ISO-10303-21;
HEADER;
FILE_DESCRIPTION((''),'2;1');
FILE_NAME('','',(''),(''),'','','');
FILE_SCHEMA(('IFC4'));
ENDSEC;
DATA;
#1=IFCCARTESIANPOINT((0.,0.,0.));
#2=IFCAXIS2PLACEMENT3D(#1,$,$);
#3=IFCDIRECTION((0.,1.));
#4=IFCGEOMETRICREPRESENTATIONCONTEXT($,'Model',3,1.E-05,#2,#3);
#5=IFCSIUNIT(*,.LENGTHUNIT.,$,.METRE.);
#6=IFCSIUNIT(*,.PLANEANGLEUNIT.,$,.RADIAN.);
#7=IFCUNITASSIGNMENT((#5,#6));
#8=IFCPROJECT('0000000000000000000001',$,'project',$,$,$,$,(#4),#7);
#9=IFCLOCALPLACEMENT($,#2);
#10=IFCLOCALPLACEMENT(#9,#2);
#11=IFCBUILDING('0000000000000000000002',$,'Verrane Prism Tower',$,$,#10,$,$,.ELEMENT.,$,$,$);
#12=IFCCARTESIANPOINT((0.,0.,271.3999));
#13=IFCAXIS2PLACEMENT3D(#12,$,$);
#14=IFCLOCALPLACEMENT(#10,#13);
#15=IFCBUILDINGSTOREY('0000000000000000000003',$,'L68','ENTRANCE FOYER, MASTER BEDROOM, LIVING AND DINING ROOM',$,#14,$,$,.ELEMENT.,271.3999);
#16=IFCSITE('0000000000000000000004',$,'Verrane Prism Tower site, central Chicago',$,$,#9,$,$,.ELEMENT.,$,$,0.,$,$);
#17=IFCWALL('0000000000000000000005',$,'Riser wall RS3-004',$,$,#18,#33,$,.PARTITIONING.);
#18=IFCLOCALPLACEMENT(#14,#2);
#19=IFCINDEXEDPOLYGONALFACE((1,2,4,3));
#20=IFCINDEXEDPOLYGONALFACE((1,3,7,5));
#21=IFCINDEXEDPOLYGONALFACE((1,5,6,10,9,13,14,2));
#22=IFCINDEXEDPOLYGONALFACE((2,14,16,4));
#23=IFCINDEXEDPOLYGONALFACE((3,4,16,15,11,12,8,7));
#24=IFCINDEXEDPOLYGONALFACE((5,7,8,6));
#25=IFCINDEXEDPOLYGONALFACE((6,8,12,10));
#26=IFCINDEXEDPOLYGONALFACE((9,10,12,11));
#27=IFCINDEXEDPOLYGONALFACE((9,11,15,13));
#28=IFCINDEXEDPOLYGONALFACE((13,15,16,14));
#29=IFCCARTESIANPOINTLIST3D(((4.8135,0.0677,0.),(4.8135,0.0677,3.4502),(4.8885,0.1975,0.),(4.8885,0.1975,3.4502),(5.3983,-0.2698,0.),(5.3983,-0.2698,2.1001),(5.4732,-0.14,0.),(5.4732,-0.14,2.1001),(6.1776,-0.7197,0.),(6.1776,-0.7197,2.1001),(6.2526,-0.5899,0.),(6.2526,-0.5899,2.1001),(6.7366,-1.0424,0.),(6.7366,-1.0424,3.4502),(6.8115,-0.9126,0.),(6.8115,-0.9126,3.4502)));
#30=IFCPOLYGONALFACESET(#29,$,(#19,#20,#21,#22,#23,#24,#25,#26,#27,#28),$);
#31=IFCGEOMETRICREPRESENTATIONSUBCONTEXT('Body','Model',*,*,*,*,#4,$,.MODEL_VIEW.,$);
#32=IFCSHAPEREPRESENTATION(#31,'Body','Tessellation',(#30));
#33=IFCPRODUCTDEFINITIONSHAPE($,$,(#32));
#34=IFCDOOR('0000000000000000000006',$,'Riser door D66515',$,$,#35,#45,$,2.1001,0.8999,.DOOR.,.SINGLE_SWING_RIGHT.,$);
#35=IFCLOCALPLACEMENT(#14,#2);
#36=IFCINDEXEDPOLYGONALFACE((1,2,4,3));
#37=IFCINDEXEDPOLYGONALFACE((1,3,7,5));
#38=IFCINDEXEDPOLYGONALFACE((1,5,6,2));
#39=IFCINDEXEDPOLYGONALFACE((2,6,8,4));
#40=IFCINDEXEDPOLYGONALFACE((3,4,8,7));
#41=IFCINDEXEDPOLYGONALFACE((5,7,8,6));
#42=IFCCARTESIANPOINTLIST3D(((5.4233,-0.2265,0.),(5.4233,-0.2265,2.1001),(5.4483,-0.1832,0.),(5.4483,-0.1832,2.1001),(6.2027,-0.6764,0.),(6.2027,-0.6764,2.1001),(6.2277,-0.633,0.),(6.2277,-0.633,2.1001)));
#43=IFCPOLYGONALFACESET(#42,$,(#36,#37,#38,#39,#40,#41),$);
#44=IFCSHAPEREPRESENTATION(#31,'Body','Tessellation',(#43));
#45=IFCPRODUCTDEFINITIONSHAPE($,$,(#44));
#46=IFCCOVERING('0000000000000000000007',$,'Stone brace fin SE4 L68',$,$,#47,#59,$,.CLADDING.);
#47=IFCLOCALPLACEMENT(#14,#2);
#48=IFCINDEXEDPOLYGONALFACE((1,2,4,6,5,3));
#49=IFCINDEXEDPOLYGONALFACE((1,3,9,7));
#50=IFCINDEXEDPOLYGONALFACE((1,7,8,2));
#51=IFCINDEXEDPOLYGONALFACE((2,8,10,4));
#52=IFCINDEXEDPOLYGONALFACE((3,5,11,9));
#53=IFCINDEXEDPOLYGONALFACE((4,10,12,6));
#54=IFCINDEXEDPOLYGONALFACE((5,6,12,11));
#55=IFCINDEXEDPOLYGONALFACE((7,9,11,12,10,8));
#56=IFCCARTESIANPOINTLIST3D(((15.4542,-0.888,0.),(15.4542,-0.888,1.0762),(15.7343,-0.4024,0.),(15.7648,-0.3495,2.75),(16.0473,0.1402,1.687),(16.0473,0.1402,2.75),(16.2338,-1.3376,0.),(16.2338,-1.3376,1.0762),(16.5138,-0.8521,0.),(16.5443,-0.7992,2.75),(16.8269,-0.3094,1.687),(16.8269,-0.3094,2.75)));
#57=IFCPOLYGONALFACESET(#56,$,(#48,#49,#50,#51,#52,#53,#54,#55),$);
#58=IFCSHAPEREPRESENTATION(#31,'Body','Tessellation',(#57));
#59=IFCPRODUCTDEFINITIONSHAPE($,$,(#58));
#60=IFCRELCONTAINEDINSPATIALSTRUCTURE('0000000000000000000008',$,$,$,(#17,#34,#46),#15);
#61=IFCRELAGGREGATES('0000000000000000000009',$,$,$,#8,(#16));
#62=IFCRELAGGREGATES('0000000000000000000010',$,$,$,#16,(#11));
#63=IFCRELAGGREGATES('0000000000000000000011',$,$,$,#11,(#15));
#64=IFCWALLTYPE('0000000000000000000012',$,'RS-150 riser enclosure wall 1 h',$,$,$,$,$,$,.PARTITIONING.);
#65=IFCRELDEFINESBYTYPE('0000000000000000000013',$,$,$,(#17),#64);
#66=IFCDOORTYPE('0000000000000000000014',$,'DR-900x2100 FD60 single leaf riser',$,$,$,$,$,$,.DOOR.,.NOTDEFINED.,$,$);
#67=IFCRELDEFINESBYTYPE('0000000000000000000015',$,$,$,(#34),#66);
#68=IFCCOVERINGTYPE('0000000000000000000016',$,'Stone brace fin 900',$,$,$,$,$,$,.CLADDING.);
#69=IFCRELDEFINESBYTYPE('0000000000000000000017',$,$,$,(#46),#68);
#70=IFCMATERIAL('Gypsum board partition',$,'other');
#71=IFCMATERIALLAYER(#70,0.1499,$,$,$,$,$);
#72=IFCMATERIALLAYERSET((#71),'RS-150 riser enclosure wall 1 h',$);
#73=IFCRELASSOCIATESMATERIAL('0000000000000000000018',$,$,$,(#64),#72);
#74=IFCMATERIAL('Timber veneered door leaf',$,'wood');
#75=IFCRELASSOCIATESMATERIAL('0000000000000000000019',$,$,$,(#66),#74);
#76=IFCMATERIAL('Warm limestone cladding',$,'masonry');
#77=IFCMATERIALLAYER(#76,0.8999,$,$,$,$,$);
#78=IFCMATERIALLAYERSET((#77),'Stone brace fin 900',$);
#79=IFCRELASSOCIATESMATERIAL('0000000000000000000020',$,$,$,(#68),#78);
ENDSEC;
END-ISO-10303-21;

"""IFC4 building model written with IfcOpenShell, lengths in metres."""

from ifc_helpers import new_model, si_unit, direction, frame, frame_2d, origin, place, context, subcontext, project, spatial, polyline, rectangle, outline, extrude, material, layer, layer_set, type_object, element, fill, save


model = new_model("IFC4")

# Units and contexts
model_context = context("Model", 3, precision=1e-05, world=origin(), true_north=direction((0.0, 1.0)))
body_context = subcontext(model_context, "Body", "Model", "MODEL_VIEW")
ifc_project = project(units=[si_unit("LENGTHUNIT", "METRE"), si_unit("PLANEANGLEUNIT", "RADIAN")], contexts=[model_context])

# Site, building, storey
site_placement = place(None, origin())
site = spatial("IfcSite", under=ifc_project, at=site_placement, Name="Verrane Prism Tower site, central Chicago", CompositionType="ELEMENT", RefElevation=0.0)
building_placement = place(site_placement, origin())
building = spatial("IfcBuilding", under=site, at=building_placement, Name="Verrane Prism Tower", CompositionType="ELEMENT")
storey_placement = place(building_placement, frame((0.0, 0.0, 271.3999)))
storey = spatial("IfcBuildingStorey", under=building, at=storey_placement, Name="L68", Description="ENTRANCE FOYER, MASTER BEDROOM, LIVING AND DINING ROOM", CompositionType="ELEMENT", Elevation=271.3999)

# Wall, opening, door
ifc_material_1 = material(Name="Gypsum board partition", Category="other")
ifc_layer_1 = layer(ifc_material_1, 0.1499)
ifc_layer_set_1 = layer_set([ifc_layer_1], Name="RS-150 riser enclosure wall 1 h")
wall_type_1 = type_object("IfcWallType", Name="RS-150 riser enclosure wall 1 h", PredefinedType="PARTITIONING", material=ifc_layer_set_1)
wall_1_placement = place(storey_placement, frame((6.7742, -0.9775, 0.0), z_axis=(0.0, 0.0, 1.0), x_axis=(-0.866063, 0.499935, 0.0)))
wall_1 = element("IfcWall", 1, at=wall_1_placement, inside=storey, type_object=wall_type_1, Name="Riser wall RS3-004", PredefinedType="PARTITIONING", context=body_context, shape_type="SweptSolid", body=[
    extrude(rectangle(XDim=2.2205, YDim=0.1499, at=frame_2d((1.1104, 0.0))), origin(), (0.0, 0.0, 1.0), 3.4502),
])
opening_1_placement = place(wall_1_placement, frame((0.6455, 0.0, 0.0)))
opening_1 = element("IfcOpeningElement", 2, at=opening_1_placement, cuts=wall_1, PredefinedType="OPENING", context=body_context, shape_type="SweptSolid", body=[
    extrude(rectangle(XDim=0.8999, YDim=2.1001, at=frame_2d((0.45, 1.05))), frame((0.0, 0.085, 0.0), z_axis=(0.0, -1.0, 0.0), x_axis=(1.0, 0.0, 0.0)), (0.0, 0.0, 1.0), 0.1699),
])
ifc_material_2 = material(Name="Timber veneered door leaf", Category="wood")
door_type_1 = type_object("IfcDoorType", Name="DR-900x2100 FD60 single leaf riser", OperationType="NOTDEFINED", PredefinedType="DOOR", material=ifc_material_2)
door_1_placement = place(opening_1_placement, origin())
door_1 = element("IfcDoor", 3, at=door_1_placement, inside=storey, type_object=door_type_1, Name="Riser door D66515", OperationType="SINGLE_SWING_RIGHT", OverallHeight=2.1001, OverallWidth=0.8999, PredefinedType="DOOR", context=body_context, shape_type="SweptSolid", body=[
    extrude(rectangle(XDim=0.8999, YDim=2.1001, at=frame_2d((0.45, 1.05))), frame((0.0, 0.0249, 0.0), z_axis=(0.0, -1.0, 0.0), x_axis=(1.0, 0.0, 0.0)), (0.0, 0.0, 1.0), 0.05),
])
fill(opening_1, door_1)

# Covering
ifc_material_3 = material(Name="Warm limestone cladding", Category="masonry")
ifc_layer_2 = layer(ifc_material_3, 0.8999)
ifc_layer_set_2 = layer_set([ifc_layer_2], Name="Stone brace fin 900")
covering_type = type_object("IfcCoveringType", Name="Stone brace fin 900", PredefinedType="CLADDING", material=ifc_layer_set_2)
covering_placement = place(storey_placement, frame((15.844, -1.1128, 0.0), z_axis=(0.0, 0.0, 1.0), x_axis=(0.499657, 0.866223, 0.0)))
element("IfcCovering", 4, at=covering_placement, inside=storey, type_object=covering_type, Name="Stone brace fin SE4 L68", PredefinedType="CLADDING", context=body_context, shape_type="SweptSolid", body=[
    extrude(outline(polyline([(1.187, 2.75), (0.6216, 2.75), (0.0, 1.0762), (0.0, 0.0), (0.5605, 0.0), (1.187, 1.687), (1.187, 2.75)])), frame((0.0, 0.45, 0.0), z_axis=(0.0, -1.0, 0.0), x_axis=(1.0, 0.0, 0.0)), (0.0, 0.0, 1.0), 0.8999),
])

save(model, "model.ifc")
